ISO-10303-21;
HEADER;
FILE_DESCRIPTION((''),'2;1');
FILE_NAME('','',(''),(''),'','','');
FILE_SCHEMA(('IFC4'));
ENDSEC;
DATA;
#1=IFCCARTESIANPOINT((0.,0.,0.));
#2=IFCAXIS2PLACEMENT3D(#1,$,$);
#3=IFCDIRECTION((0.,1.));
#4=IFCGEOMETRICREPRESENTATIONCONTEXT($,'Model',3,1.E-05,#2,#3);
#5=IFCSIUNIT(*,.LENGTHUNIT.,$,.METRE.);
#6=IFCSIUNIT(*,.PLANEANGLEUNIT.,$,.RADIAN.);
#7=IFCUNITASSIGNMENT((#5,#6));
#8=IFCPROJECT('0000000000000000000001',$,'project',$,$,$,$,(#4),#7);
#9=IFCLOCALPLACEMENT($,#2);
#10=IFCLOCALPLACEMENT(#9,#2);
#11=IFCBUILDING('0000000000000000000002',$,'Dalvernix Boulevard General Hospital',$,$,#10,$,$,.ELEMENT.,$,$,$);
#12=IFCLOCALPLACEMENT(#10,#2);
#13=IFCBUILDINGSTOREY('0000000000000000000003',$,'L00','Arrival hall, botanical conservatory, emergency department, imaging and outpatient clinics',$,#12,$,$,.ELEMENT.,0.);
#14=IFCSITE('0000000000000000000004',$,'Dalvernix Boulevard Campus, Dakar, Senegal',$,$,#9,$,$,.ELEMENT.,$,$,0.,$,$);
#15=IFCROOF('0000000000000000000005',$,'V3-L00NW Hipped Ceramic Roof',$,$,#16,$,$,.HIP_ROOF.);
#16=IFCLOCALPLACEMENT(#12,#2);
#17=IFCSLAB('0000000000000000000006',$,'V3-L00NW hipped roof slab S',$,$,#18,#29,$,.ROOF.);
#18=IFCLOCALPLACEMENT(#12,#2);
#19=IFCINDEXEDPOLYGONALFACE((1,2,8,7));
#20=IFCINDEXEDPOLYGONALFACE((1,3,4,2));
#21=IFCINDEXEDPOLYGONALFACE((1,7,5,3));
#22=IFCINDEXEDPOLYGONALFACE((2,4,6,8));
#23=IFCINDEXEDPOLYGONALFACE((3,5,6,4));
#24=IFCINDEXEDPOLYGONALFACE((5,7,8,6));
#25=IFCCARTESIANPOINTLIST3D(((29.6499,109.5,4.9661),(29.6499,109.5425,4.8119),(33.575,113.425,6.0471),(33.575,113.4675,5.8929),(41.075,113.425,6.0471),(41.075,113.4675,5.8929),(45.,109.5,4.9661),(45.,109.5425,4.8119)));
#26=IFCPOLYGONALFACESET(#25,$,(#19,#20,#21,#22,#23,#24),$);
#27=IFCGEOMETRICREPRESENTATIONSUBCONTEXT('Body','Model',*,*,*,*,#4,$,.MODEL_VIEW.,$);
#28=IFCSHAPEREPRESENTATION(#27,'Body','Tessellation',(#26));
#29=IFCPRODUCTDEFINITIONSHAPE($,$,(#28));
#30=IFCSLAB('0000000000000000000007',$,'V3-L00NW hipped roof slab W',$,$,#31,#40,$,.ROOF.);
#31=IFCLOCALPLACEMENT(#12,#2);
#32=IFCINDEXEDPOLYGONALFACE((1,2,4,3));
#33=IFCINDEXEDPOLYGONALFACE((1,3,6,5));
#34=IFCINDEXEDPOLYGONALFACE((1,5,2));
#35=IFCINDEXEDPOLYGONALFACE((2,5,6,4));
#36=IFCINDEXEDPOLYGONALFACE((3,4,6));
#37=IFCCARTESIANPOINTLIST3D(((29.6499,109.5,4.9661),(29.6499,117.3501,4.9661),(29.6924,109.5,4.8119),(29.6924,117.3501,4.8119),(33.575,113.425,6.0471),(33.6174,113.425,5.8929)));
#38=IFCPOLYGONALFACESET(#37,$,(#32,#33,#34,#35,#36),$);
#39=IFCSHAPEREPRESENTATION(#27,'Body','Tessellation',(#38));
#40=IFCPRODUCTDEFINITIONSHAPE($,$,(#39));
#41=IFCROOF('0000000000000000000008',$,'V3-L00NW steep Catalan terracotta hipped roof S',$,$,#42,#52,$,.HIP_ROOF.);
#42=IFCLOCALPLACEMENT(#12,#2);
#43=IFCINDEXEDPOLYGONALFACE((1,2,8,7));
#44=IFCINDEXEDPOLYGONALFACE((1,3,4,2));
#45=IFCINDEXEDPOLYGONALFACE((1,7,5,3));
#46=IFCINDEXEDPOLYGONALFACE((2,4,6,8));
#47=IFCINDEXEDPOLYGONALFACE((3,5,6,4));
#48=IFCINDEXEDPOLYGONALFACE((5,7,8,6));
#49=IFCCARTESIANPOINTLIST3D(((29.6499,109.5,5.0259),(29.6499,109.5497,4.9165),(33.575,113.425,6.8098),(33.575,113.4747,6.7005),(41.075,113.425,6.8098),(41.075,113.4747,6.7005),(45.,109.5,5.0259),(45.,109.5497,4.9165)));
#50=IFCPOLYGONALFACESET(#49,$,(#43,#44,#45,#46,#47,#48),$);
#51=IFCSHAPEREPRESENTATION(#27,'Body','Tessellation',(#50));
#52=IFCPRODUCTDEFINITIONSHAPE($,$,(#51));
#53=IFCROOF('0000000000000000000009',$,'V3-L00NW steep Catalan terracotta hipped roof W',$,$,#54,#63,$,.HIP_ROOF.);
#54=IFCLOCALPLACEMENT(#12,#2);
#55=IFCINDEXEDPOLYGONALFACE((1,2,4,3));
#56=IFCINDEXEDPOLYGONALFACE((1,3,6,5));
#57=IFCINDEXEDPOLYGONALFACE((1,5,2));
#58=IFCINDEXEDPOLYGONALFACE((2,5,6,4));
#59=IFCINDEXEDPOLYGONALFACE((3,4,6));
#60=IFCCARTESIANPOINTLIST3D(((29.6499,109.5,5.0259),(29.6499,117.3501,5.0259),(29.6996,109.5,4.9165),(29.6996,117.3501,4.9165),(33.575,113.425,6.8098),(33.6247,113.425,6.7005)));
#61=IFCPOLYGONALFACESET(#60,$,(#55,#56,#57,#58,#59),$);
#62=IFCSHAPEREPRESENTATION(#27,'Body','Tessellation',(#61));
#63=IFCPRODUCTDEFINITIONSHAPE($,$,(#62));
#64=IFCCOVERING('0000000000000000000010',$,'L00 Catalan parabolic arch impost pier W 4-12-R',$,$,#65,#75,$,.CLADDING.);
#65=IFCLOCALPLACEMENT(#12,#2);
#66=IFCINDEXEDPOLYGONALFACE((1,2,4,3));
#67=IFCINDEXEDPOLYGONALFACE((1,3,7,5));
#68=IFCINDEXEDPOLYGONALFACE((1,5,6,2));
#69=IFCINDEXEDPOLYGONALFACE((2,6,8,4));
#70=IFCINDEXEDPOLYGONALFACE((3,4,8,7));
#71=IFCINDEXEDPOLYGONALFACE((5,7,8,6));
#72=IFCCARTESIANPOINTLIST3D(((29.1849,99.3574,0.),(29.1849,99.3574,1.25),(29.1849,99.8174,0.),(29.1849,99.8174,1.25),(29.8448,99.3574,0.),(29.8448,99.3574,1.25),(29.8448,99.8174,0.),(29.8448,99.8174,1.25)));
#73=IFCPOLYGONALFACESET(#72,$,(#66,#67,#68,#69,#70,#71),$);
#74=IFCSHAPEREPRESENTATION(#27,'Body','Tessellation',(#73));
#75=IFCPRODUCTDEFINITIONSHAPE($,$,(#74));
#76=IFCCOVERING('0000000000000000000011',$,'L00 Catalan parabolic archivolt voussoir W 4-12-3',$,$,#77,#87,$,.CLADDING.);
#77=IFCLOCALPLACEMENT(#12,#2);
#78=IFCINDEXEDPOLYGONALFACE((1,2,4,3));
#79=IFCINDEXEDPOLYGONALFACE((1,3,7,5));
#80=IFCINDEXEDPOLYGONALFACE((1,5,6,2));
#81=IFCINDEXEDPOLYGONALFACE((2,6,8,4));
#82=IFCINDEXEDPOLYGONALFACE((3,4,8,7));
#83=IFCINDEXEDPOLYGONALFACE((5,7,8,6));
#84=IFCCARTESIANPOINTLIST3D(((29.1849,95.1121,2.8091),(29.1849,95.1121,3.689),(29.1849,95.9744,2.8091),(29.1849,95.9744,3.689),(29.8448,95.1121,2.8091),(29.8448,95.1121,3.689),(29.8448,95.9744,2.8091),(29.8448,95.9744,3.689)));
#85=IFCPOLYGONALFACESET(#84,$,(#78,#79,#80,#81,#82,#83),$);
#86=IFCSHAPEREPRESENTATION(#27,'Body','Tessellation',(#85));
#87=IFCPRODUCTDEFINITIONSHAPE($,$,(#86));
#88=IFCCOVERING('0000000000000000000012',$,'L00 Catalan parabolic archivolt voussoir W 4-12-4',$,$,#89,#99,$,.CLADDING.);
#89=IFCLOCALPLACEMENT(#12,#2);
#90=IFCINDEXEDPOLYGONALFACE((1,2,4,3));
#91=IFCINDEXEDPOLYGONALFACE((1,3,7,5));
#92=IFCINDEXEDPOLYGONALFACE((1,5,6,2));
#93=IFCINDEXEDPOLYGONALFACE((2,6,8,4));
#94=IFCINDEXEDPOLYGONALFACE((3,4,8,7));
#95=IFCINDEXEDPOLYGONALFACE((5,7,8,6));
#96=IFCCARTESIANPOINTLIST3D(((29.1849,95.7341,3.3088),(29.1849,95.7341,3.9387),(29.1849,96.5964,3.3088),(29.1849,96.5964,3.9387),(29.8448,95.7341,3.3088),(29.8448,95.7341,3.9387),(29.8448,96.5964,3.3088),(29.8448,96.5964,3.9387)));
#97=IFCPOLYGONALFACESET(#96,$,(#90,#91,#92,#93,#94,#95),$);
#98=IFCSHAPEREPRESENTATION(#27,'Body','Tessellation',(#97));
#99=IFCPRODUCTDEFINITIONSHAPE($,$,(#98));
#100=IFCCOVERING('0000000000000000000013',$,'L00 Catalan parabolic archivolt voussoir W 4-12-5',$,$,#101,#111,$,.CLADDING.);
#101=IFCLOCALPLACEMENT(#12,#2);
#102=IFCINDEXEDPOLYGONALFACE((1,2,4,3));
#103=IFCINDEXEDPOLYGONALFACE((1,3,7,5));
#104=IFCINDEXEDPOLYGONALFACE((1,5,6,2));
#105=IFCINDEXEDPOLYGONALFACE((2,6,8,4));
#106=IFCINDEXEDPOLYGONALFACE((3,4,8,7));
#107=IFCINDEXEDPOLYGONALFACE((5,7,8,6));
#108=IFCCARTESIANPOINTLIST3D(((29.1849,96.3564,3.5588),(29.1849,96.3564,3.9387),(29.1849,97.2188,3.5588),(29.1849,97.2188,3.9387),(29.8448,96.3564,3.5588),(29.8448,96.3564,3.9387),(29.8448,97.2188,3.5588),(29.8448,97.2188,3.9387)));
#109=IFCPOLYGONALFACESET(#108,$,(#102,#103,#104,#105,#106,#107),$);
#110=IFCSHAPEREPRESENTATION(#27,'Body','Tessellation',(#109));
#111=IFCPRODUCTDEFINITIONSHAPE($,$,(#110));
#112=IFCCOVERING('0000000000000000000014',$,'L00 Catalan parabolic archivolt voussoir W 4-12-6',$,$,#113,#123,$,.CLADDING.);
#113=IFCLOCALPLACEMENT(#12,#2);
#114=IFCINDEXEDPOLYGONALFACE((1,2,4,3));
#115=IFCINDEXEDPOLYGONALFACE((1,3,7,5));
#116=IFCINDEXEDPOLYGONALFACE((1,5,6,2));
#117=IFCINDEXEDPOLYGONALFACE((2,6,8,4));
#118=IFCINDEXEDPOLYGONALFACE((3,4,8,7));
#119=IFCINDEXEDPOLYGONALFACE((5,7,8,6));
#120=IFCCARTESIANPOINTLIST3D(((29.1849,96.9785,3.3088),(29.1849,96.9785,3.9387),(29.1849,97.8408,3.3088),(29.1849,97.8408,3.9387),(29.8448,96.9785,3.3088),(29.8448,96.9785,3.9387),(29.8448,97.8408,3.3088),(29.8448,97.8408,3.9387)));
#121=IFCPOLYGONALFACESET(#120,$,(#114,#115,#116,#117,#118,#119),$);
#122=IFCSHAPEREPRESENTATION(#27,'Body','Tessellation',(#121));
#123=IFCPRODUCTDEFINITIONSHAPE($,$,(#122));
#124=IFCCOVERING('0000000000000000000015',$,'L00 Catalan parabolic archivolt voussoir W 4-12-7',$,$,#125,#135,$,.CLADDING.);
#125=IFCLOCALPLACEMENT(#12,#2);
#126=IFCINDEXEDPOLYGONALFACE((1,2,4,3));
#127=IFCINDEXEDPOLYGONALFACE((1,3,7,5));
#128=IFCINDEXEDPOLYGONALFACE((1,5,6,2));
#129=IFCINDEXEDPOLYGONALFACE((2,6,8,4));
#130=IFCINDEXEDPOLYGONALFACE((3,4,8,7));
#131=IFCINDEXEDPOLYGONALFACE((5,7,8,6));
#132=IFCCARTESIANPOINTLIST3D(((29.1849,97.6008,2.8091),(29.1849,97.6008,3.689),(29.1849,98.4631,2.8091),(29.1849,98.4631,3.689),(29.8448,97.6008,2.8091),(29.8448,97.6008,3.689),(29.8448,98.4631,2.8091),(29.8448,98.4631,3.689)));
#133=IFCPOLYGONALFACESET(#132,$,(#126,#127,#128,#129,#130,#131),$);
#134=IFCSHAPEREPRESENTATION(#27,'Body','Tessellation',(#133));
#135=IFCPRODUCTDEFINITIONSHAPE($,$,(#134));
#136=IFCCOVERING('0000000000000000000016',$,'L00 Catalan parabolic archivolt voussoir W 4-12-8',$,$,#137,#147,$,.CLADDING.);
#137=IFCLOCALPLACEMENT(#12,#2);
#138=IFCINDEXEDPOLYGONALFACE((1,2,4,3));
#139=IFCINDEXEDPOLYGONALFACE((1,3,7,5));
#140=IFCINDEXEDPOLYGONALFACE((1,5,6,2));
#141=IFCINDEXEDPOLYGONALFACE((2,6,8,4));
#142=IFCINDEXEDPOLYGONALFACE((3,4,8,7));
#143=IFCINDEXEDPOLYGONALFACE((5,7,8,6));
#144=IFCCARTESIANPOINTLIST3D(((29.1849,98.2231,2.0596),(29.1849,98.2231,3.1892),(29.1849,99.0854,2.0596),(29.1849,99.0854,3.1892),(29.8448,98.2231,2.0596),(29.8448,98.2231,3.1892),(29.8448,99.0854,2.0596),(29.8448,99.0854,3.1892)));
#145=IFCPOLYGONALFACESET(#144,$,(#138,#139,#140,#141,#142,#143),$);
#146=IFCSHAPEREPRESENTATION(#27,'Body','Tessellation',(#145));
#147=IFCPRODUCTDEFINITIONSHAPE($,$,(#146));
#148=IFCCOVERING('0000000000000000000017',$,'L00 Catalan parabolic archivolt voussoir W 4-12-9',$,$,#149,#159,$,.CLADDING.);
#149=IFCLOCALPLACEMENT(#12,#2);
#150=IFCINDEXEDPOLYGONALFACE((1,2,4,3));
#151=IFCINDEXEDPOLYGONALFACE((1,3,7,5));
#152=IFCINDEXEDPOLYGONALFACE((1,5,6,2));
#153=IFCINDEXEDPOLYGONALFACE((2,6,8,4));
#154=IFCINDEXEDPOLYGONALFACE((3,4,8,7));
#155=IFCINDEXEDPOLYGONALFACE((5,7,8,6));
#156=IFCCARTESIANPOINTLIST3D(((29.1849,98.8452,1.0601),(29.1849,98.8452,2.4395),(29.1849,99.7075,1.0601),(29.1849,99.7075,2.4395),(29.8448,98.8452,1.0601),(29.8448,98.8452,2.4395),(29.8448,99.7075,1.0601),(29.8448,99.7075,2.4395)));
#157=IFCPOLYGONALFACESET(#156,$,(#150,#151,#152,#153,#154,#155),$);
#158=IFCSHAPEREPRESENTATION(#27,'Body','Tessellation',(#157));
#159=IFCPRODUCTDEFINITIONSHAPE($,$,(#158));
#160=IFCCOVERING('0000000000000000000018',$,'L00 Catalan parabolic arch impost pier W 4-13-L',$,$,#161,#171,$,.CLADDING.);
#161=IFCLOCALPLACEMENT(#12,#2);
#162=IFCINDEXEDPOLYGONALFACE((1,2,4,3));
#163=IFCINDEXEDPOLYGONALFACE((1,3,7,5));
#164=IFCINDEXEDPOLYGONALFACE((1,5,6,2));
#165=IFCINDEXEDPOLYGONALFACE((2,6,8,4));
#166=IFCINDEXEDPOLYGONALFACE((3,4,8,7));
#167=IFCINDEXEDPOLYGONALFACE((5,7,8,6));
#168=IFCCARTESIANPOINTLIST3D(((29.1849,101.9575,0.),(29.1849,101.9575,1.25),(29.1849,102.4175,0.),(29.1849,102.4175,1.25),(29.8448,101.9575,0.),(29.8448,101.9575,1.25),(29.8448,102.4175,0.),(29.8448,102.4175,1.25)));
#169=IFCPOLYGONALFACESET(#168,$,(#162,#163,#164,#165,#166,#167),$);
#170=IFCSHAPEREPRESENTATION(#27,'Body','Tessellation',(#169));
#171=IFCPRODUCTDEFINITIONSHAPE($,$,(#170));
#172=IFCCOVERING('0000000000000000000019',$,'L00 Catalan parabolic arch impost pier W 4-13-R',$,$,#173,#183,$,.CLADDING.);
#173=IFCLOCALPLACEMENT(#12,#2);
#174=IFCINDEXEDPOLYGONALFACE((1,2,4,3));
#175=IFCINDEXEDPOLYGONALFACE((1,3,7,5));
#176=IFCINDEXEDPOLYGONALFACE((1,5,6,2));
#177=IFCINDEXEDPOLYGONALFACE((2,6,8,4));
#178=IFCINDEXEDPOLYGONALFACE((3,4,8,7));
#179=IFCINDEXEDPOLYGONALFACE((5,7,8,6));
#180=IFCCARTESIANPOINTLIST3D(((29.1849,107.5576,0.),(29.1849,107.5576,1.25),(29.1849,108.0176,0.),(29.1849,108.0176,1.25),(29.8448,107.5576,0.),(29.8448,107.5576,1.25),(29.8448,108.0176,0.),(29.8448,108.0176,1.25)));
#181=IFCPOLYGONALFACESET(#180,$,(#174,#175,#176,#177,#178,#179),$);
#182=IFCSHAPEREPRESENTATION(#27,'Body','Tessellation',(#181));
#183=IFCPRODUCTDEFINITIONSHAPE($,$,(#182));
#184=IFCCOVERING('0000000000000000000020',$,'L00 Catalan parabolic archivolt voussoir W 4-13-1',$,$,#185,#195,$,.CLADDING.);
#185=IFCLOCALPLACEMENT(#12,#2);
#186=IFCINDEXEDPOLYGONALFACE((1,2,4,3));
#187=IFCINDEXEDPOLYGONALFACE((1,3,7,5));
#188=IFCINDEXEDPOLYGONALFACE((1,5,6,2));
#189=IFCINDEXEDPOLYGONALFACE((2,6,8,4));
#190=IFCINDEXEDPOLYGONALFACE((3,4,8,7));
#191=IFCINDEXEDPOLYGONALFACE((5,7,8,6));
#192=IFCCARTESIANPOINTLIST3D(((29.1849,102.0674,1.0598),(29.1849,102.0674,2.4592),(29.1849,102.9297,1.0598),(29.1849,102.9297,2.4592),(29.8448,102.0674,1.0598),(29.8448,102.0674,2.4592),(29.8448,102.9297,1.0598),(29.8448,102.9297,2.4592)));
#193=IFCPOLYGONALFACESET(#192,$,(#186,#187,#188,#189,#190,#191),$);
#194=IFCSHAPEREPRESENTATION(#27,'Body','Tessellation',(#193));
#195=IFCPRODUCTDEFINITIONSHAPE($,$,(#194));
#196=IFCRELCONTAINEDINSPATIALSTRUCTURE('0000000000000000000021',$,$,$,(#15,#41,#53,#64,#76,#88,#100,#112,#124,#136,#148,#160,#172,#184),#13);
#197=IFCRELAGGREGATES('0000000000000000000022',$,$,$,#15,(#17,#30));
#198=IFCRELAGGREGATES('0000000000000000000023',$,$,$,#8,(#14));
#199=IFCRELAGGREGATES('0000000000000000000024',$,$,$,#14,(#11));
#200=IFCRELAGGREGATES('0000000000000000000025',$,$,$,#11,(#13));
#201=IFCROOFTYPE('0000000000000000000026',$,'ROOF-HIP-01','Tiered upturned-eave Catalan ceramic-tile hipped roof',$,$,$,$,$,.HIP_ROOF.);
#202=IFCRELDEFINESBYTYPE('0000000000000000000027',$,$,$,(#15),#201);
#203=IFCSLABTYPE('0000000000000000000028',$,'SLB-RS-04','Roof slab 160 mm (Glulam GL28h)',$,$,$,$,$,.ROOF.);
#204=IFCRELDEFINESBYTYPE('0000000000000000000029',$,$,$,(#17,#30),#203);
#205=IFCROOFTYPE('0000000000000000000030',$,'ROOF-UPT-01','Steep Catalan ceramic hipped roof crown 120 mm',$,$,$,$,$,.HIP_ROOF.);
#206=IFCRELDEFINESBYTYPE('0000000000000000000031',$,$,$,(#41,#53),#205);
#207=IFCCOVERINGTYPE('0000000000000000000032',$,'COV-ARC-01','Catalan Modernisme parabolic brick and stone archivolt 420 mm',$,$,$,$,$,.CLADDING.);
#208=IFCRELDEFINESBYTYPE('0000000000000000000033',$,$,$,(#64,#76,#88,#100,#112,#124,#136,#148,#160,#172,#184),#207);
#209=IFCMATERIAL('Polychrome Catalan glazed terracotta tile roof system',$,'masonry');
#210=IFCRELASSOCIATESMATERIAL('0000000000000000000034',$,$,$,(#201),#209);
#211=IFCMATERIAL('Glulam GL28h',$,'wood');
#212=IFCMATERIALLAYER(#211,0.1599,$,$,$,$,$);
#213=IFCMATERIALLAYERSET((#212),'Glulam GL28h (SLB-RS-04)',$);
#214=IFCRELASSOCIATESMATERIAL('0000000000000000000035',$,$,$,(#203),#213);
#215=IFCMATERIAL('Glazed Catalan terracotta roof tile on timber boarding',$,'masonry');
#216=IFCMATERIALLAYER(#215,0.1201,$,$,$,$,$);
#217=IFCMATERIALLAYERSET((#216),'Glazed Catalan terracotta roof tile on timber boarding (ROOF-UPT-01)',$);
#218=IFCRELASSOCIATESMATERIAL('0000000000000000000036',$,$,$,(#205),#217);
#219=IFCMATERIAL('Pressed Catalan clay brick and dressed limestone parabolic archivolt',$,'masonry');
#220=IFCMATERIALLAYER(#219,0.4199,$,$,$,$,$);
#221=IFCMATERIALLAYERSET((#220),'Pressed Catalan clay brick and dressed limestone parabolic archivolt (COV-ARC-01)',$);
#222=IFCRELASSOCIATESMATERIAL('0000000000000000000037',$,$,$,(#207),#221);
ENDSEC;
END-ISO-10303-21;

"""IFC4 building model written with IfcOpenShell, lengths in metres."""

from ifc_helpers import new_model, si_unit, direction, frame, origin, origin_2d, place, context, subcontext, project, spatial, polyline, rectangle, outline, extrude, material, layer, layer_set, type_object, element, aggregate, save


model = new_model("IFC4")

# Units and contexts
model_context = context("Model", 3, precision=1e-05, world=origin(), true_north=direction((0.0, 1.0)))
body_context = subcontext(model_context, "Body", "Model", "MODEL_VIEW")
ifc_project = project(units=[si_unit("LENGTHUNIT", "METRE"), si_unit("PLANEANGLEUNIT", "RADIAN")], contexts=[model_context])

# Site, building, storey
site_placement = place(None, origin())
site = spatial("IfcSite", under=ifc_project, at=site_placement, Name="Dalvernix Boulevard Campus, Dakar, Senegal", CompositionType="ELEMENT", RefElevation=0.0)
building_placement = place(site_placement, origin())
building = spatial("IfcBuilding", under=site, at=building_placement, Name="Dalvernix Boulevard General Hospital", CompositionType="ELEMENT")
storey_placement = place(building_placement, origin())
storey = spatial("IfcBuildingStorey", under=building, at=storey_placement, Name="L00", Description="Arrival hall, botanical conservatory, emergency department, imaging and outpatient clinics", CompositionType="ELEMENT", Elevation=0.0)

# Roof, slabs
ifc_material_1 = material(Name="Polychrome Catalan glazed terracotta tile roof system", Category="masonry")
roof_type_1 = type_object("IfcRoofType", Name="ROOF-HIP-01", Description="Tiered upturned-eave Catalan ceramic-tile hipped roof", PredefinedType="HIP_ROOF", material=ifc_material_1)
roof_1_placement = place(storey_placement, origin())
roof_1 = element("IfcRoof", 1, at=roof_1_placement, inside=storey, type_object=roof_type_1, Name="V3-L00NW Hipped Ceramic Roof", PredefinedType="HIP_ROOF")
ifc_material_2 = material(Name="Glulam GL28h", Category="wood")
ifc_layer_1 = layer(ifc_material_2, 0.1599)
ifc_layer_set_1 = layer_set([ifc_layer_1], Name="Glulam GL28h (SLB-RS-04)")
slab_type = type_object("IfcSlabType", Name="SLB-RS-04", Description="Roof slab 160 mm (Glulam GL28h)", PredefinedType="ROOF", material=ifc_layer_set_1)
slab_1_placement = place(storey_placement, frame((29.6499, 109.5, 4.9661), z_axis=(0.0, -0.265537, 0.964101), x_axis=(1.0, 0.0, 0.0)))
slab_1 = element("IfcSlab", 2, at=slab_1_placement, type_object=slab_type, Name="V3-L00NW hipped roof slab S", PredefinedType="ROOF", context=body_context, shape_type="SweptSolid", body=[
    extrude(outline(polyline([(0.0, 0.0), (15.3501, 0.0), (11.425, 4.0712), (3.925, 4.0712), (0.0, 0.0)])), origin(), (0.0, 0.0, -1.0), 0.1599),
])
slab_2_placement = place(storey_placement, frame((29.6499, 117.3501, 4.9661), z_axis=(-0.265537, 0.0, 0.964101), x_axis=(0.0, -1.0, 0.0)))
slab_2 = element("IfcSlab", 3, at=slab_2_placement, type_object=slab_type, Name="V3-L00NW hipped roof slab W", PredefinedType="ROOF", context=body_context, shape_type="SweptSolid", body=[
    extrude(outline(polyline([(0.0, 0.0), (7.8501, 0.0), (3.925, 4.0712), (0.0, 0.0)])), origin(), (0.0, 0.0, -1.0), 0.1599),
])
aggregate(roof_1, [slab_1, slab_2])

# Roofs
ifc_material_3 = material(Name="Glazed Catalan terracotta roof tile on timber boarding", Category="masonry")
ifc_layer_2 = layer(ifc_material_3, 0.1201)
ifc_layer_set_2 = layer_set([ifc_layer_2], Name="Glazed Catalan terracotta roof tile on timber boarding (ROOF-UPT-01)")
roof_type_2 = type_object("IfcRoofType", Name="ROOF-UPT-01", Description="Steep Catalan ceramic hipped roof crown 120 mm", PredefinedType="HIP_ROOF", material=ifc_layer_set_2)
roof_2_placement = place(storey_placement, frame((29.6499, 109.5, 5.0259), z_axis=(0.0, -0.413769, 0.910382), x_axis=(1.0, 0.0, 0.0)))
element("IfcRoof", 4, at=roof_2_placement, inside=storey, type_object=roof_type_2, Name="V3-L00NW steep Catalan terracotta hipped roof S", PredefinedType="HIP_ROOF", context=body_context, shape_type="SweptSolid", body=[
    extrude(outline(polyline([(0.0, 0.0), (15.3501, 0.0), (11.425, 4.3114), (3.925, 4.3114), (0.0, 0.0)])), origin(), (0.0, 0.0, -1.0), 0.1201),
])
roof_3_placement = place(storey_placement, frame((29.6499, 117.3501, 5.0259), z_axis=(-0.413769, 0.0, 0.910382), x_axis=(0.0, -1.0, 0.0)))
element("IfcRoof", 5, at=roof_3_placement, inside=storey, type_object=roof_type_2, Name="V3-L00NW steep Catalan terracotta hipped roof W", PredefinedType="HIP_ROOF", context=body_context, shape_type="SweptSolid", body=[
    extrude(outline(polyline([(0.0, 0.0), (7.8501, 0.0), (3.925, 4.3114), (0.0, 0.0)])), origin(), (0.0, 0.0, -1.0), 0.1201),
])

# Coverings
ifc_material_4 = material(Name="Pressed Catalan clay brick and dressed limestone parabolic archivolt", Category="masonry")
ifc_layer_3 = layer(ifc_material_4, 0.4199)
ifc_layer_set_3 = layer_set([ifc_layer_3], Name="Pressed Catalan clay brick and dressed limestone parabolic archivolt (COV-ARC-01)")
covering_type_1 = type_object("IfcCoveringType", Name="COV-ARC-01", Description="Catalan Modernisme parabolic brick and stone archivolt 420 mm", PredefinedType="CLADDING", material=ifc_layer_set_3)
covering_1_placement = place(storey_placement, frame((29.5149, 99.5874, 0.0), z_axis=(0.0, 0.0, 1.0), x_axis=(0.0, 1.0, 0.0)))
element("IfcCovering", 6, at=covering_1_placement, inside=storey, type_object=covering_type_1, Name="L00 Catalan parabolic arch impost pier W 4-12-R", PredefinedType="CLADDING", context=body_context, shape_type="SweptSolid", body=[
    extrude(rectangle(XDim=0.46, YDim=0.6599, at=origin_2d()), origin(), (0.0, 0.0, 1.0), 1.25),
])
covering_2_placement = place(storey_placement, frame((29.5149, 95.5432, 2.8091), z_axis=(0.0, 0.0, 1.0), x_axis=(0.0, 1.0, 0.0)))
element("IfcCovering", 7, at=covering_2_placement, inside=storey, type_object=covering_type_1, Name="L00 Catalan parabolic archivolt voussoir W 4-12-3", PredefinedType="CLADDING", context=body_context, shape_type="SweptSolid", body=[
    extrude(rectangle(XDim=0.8623, YDim=0.6599, at=origin_2d()), origin(), (0.0, 0.0, 1.0), 0.8799),
])
covering_3_placement = place(storey_placement, frame((29.5149, 96.1653, 3.3088), z_axis=(0.0, 0.0, 1.0), x_axis=(0.0, 1.0, 0.0)))
element("IfcCovering", 8, at=covering_3_placement, inside=storey, type_object=covering_type_1, Name="L00 Catalan parabolic archivolt voussoir W 4-12-4", PredefinedType="CLADDING", context=body_context, shape_type="SweptSolid", body=[
    extrude(rectangle(XDim=0.8623, YDim=0.6599, at=origin_2d()), origin(), (0.0, 0.0, 1.0), 0.6299),
])
covering_4_placement = place(storey_placement, frame((29.5149, 96.7876, 3.5588), z_axis=(0.0, 0.0, 1.0), x_axis=(0.0, 1.0, 0.0)))
element("IfcCovering", 9, at=covering_4_placement, inside=storey, type_object=covering_type_1, Name="L00 Catalan parabolic archivolt voussoir W 4-12-5", PredefinedType="CLADDING", context=body_context, shape_type="SweptSolid", body=[
    extrude(rectangle(XDim=0.8623, YDim=0.6599, at=origin_2d()), origin(), (0.0, 0.0, 1.0), 0.3799),
])
covering_5_placement = place(storey_placement, frame((29.5149, 97.4097, 3.3088), z_axis=(0.0, 0.0, 1.0), x_axis=(0.0, 1.0, 0.0)))
element("IfcCovering", 10, at=covering_5_placement, inside=storey, type_object=covering_type_1, Name="L00 Catalan parabolic archivolt voussoir W 4-12-6", PredefinedType="CLADDING", context=body_context, shape_type="SweptSolid", body=[
    extrude(rectangle(XDim=0.8623, YDim=0.6599, at=origin_2d()), origin(), (0.0, 0.0, 1.0), 0.6299),
])
covering_6_placement = place(storey_placement, frame((29.5149, 98.032, 2.8091), z_axis=(0.0, 0.0, 1.0), x_axis=(0.0, 1.0, 0.0)))
element("IfcCovering", 11, at=covering_6_placement, inside=storey, type_object=covering_type_1, Name="L00 Catalan parabolic archivolt voussoir W 4-12-7", PredefinedType="CLADDING", context=body_context, shape_type="SweptSolid", body=[
    extrude(rectangle(XDim=0.8623, YDim=0.6599, at=origin_2d()), origin(), (0.0, 0.0, 1.0), 0.8799),
])
covering_7_placement = place(storey_placement, frame((29.5149, 98.6543, 2.0596), z_axis=(0.0, 0.0, 1.0), x_axis=(0.0, 1.0, 0.0)))
element("IfcCovering", 12, at=covering_7_placement, inside=storey, type_object=covering_type_1, Name="L00 Catalan parabolic archivolt voussoir W 4-12-8", PredefinedType="CLADDING", context=body_context, shape_type="SweptSolid", body=[
    extrude(rectangle(XDim=0.8623, YDim=0.6599, at=origin_2d()), origin(), (0.0, 0.0, 1.0), 1.1296),
])
covering_8_placement = place(storey_placement, frame((29.5149, 99.2764, 1.0601), z_axis=(0.0, 0.0, 1.0), x_axis=(0.0, 1.0, 0.0)))
element("IfcCovering", 13, at=covering_8_placement, inside=storey, type_object=covering_type_1, Name="L00 Catalan parabolic archivolt voussoir W 4-12-9", PredefinedType="CLADDING", context=body_context, shape_type="SweptSolid", body=[
    extrude(rectangle(XDim=0.8623, YDim=0.6599, at=origin_2d()), origin(), (0.0, 0.0, 1.0), 1.3794),
])
for number, where, z_axis, x_axis, name in (
    (14, (29.5149, 102.1875, 0.0), (0.0, 0.0, 1.0), (0.0, 1.0, 0.0), "L00 Catalan parabolic arch impost pier W 4-13-L"),
    (15, (29.5149, 107.7876, 0.0), (0.0, 0.0, 1.0), (0.0, 1.0, 0.0), "L00 Catalan parabolic arch impost pier W 4-13-R"),
):
    element("IfcCovering", number, at=place(storey_placement, frame(where, z_axis=z_axis, x_axis=x_axis)), inside=storey, type_object=covering_type_1, Name=name, PredefinedType="CLADDING", context=body_context, shape_type="SweptSolid", body=[
        extrude(rectangle(XDim=0.46, YDim=0.6599, at=origin_2d()), origin(), (0.0, 0.0, 1.0), 1.25),
    ])
covering_9_placement = place(storey_placement, frame((29.5149, 102.4985, 1.0598), z_axis=(0.0, 0.0, 1.0), x_axis=(0.0, 1.0, 0.0)))
element("IfcCovering", 16, at=covering_9_placement, inside=storey, type_object=covering_type_1, Name="L00 Catalan parabolic archivolt voussoir W 4-13-1", PredefinedType="CLADDING", context=body_context, shape_type="SweptSolid", body=[
    extrude(rectangle(XDim=0.8623, YDim=0.6599, at=origin_2d()), origin(), (0.0, 0.0, 1.0), 1.3994),
])

save(model, "model.ifc")
